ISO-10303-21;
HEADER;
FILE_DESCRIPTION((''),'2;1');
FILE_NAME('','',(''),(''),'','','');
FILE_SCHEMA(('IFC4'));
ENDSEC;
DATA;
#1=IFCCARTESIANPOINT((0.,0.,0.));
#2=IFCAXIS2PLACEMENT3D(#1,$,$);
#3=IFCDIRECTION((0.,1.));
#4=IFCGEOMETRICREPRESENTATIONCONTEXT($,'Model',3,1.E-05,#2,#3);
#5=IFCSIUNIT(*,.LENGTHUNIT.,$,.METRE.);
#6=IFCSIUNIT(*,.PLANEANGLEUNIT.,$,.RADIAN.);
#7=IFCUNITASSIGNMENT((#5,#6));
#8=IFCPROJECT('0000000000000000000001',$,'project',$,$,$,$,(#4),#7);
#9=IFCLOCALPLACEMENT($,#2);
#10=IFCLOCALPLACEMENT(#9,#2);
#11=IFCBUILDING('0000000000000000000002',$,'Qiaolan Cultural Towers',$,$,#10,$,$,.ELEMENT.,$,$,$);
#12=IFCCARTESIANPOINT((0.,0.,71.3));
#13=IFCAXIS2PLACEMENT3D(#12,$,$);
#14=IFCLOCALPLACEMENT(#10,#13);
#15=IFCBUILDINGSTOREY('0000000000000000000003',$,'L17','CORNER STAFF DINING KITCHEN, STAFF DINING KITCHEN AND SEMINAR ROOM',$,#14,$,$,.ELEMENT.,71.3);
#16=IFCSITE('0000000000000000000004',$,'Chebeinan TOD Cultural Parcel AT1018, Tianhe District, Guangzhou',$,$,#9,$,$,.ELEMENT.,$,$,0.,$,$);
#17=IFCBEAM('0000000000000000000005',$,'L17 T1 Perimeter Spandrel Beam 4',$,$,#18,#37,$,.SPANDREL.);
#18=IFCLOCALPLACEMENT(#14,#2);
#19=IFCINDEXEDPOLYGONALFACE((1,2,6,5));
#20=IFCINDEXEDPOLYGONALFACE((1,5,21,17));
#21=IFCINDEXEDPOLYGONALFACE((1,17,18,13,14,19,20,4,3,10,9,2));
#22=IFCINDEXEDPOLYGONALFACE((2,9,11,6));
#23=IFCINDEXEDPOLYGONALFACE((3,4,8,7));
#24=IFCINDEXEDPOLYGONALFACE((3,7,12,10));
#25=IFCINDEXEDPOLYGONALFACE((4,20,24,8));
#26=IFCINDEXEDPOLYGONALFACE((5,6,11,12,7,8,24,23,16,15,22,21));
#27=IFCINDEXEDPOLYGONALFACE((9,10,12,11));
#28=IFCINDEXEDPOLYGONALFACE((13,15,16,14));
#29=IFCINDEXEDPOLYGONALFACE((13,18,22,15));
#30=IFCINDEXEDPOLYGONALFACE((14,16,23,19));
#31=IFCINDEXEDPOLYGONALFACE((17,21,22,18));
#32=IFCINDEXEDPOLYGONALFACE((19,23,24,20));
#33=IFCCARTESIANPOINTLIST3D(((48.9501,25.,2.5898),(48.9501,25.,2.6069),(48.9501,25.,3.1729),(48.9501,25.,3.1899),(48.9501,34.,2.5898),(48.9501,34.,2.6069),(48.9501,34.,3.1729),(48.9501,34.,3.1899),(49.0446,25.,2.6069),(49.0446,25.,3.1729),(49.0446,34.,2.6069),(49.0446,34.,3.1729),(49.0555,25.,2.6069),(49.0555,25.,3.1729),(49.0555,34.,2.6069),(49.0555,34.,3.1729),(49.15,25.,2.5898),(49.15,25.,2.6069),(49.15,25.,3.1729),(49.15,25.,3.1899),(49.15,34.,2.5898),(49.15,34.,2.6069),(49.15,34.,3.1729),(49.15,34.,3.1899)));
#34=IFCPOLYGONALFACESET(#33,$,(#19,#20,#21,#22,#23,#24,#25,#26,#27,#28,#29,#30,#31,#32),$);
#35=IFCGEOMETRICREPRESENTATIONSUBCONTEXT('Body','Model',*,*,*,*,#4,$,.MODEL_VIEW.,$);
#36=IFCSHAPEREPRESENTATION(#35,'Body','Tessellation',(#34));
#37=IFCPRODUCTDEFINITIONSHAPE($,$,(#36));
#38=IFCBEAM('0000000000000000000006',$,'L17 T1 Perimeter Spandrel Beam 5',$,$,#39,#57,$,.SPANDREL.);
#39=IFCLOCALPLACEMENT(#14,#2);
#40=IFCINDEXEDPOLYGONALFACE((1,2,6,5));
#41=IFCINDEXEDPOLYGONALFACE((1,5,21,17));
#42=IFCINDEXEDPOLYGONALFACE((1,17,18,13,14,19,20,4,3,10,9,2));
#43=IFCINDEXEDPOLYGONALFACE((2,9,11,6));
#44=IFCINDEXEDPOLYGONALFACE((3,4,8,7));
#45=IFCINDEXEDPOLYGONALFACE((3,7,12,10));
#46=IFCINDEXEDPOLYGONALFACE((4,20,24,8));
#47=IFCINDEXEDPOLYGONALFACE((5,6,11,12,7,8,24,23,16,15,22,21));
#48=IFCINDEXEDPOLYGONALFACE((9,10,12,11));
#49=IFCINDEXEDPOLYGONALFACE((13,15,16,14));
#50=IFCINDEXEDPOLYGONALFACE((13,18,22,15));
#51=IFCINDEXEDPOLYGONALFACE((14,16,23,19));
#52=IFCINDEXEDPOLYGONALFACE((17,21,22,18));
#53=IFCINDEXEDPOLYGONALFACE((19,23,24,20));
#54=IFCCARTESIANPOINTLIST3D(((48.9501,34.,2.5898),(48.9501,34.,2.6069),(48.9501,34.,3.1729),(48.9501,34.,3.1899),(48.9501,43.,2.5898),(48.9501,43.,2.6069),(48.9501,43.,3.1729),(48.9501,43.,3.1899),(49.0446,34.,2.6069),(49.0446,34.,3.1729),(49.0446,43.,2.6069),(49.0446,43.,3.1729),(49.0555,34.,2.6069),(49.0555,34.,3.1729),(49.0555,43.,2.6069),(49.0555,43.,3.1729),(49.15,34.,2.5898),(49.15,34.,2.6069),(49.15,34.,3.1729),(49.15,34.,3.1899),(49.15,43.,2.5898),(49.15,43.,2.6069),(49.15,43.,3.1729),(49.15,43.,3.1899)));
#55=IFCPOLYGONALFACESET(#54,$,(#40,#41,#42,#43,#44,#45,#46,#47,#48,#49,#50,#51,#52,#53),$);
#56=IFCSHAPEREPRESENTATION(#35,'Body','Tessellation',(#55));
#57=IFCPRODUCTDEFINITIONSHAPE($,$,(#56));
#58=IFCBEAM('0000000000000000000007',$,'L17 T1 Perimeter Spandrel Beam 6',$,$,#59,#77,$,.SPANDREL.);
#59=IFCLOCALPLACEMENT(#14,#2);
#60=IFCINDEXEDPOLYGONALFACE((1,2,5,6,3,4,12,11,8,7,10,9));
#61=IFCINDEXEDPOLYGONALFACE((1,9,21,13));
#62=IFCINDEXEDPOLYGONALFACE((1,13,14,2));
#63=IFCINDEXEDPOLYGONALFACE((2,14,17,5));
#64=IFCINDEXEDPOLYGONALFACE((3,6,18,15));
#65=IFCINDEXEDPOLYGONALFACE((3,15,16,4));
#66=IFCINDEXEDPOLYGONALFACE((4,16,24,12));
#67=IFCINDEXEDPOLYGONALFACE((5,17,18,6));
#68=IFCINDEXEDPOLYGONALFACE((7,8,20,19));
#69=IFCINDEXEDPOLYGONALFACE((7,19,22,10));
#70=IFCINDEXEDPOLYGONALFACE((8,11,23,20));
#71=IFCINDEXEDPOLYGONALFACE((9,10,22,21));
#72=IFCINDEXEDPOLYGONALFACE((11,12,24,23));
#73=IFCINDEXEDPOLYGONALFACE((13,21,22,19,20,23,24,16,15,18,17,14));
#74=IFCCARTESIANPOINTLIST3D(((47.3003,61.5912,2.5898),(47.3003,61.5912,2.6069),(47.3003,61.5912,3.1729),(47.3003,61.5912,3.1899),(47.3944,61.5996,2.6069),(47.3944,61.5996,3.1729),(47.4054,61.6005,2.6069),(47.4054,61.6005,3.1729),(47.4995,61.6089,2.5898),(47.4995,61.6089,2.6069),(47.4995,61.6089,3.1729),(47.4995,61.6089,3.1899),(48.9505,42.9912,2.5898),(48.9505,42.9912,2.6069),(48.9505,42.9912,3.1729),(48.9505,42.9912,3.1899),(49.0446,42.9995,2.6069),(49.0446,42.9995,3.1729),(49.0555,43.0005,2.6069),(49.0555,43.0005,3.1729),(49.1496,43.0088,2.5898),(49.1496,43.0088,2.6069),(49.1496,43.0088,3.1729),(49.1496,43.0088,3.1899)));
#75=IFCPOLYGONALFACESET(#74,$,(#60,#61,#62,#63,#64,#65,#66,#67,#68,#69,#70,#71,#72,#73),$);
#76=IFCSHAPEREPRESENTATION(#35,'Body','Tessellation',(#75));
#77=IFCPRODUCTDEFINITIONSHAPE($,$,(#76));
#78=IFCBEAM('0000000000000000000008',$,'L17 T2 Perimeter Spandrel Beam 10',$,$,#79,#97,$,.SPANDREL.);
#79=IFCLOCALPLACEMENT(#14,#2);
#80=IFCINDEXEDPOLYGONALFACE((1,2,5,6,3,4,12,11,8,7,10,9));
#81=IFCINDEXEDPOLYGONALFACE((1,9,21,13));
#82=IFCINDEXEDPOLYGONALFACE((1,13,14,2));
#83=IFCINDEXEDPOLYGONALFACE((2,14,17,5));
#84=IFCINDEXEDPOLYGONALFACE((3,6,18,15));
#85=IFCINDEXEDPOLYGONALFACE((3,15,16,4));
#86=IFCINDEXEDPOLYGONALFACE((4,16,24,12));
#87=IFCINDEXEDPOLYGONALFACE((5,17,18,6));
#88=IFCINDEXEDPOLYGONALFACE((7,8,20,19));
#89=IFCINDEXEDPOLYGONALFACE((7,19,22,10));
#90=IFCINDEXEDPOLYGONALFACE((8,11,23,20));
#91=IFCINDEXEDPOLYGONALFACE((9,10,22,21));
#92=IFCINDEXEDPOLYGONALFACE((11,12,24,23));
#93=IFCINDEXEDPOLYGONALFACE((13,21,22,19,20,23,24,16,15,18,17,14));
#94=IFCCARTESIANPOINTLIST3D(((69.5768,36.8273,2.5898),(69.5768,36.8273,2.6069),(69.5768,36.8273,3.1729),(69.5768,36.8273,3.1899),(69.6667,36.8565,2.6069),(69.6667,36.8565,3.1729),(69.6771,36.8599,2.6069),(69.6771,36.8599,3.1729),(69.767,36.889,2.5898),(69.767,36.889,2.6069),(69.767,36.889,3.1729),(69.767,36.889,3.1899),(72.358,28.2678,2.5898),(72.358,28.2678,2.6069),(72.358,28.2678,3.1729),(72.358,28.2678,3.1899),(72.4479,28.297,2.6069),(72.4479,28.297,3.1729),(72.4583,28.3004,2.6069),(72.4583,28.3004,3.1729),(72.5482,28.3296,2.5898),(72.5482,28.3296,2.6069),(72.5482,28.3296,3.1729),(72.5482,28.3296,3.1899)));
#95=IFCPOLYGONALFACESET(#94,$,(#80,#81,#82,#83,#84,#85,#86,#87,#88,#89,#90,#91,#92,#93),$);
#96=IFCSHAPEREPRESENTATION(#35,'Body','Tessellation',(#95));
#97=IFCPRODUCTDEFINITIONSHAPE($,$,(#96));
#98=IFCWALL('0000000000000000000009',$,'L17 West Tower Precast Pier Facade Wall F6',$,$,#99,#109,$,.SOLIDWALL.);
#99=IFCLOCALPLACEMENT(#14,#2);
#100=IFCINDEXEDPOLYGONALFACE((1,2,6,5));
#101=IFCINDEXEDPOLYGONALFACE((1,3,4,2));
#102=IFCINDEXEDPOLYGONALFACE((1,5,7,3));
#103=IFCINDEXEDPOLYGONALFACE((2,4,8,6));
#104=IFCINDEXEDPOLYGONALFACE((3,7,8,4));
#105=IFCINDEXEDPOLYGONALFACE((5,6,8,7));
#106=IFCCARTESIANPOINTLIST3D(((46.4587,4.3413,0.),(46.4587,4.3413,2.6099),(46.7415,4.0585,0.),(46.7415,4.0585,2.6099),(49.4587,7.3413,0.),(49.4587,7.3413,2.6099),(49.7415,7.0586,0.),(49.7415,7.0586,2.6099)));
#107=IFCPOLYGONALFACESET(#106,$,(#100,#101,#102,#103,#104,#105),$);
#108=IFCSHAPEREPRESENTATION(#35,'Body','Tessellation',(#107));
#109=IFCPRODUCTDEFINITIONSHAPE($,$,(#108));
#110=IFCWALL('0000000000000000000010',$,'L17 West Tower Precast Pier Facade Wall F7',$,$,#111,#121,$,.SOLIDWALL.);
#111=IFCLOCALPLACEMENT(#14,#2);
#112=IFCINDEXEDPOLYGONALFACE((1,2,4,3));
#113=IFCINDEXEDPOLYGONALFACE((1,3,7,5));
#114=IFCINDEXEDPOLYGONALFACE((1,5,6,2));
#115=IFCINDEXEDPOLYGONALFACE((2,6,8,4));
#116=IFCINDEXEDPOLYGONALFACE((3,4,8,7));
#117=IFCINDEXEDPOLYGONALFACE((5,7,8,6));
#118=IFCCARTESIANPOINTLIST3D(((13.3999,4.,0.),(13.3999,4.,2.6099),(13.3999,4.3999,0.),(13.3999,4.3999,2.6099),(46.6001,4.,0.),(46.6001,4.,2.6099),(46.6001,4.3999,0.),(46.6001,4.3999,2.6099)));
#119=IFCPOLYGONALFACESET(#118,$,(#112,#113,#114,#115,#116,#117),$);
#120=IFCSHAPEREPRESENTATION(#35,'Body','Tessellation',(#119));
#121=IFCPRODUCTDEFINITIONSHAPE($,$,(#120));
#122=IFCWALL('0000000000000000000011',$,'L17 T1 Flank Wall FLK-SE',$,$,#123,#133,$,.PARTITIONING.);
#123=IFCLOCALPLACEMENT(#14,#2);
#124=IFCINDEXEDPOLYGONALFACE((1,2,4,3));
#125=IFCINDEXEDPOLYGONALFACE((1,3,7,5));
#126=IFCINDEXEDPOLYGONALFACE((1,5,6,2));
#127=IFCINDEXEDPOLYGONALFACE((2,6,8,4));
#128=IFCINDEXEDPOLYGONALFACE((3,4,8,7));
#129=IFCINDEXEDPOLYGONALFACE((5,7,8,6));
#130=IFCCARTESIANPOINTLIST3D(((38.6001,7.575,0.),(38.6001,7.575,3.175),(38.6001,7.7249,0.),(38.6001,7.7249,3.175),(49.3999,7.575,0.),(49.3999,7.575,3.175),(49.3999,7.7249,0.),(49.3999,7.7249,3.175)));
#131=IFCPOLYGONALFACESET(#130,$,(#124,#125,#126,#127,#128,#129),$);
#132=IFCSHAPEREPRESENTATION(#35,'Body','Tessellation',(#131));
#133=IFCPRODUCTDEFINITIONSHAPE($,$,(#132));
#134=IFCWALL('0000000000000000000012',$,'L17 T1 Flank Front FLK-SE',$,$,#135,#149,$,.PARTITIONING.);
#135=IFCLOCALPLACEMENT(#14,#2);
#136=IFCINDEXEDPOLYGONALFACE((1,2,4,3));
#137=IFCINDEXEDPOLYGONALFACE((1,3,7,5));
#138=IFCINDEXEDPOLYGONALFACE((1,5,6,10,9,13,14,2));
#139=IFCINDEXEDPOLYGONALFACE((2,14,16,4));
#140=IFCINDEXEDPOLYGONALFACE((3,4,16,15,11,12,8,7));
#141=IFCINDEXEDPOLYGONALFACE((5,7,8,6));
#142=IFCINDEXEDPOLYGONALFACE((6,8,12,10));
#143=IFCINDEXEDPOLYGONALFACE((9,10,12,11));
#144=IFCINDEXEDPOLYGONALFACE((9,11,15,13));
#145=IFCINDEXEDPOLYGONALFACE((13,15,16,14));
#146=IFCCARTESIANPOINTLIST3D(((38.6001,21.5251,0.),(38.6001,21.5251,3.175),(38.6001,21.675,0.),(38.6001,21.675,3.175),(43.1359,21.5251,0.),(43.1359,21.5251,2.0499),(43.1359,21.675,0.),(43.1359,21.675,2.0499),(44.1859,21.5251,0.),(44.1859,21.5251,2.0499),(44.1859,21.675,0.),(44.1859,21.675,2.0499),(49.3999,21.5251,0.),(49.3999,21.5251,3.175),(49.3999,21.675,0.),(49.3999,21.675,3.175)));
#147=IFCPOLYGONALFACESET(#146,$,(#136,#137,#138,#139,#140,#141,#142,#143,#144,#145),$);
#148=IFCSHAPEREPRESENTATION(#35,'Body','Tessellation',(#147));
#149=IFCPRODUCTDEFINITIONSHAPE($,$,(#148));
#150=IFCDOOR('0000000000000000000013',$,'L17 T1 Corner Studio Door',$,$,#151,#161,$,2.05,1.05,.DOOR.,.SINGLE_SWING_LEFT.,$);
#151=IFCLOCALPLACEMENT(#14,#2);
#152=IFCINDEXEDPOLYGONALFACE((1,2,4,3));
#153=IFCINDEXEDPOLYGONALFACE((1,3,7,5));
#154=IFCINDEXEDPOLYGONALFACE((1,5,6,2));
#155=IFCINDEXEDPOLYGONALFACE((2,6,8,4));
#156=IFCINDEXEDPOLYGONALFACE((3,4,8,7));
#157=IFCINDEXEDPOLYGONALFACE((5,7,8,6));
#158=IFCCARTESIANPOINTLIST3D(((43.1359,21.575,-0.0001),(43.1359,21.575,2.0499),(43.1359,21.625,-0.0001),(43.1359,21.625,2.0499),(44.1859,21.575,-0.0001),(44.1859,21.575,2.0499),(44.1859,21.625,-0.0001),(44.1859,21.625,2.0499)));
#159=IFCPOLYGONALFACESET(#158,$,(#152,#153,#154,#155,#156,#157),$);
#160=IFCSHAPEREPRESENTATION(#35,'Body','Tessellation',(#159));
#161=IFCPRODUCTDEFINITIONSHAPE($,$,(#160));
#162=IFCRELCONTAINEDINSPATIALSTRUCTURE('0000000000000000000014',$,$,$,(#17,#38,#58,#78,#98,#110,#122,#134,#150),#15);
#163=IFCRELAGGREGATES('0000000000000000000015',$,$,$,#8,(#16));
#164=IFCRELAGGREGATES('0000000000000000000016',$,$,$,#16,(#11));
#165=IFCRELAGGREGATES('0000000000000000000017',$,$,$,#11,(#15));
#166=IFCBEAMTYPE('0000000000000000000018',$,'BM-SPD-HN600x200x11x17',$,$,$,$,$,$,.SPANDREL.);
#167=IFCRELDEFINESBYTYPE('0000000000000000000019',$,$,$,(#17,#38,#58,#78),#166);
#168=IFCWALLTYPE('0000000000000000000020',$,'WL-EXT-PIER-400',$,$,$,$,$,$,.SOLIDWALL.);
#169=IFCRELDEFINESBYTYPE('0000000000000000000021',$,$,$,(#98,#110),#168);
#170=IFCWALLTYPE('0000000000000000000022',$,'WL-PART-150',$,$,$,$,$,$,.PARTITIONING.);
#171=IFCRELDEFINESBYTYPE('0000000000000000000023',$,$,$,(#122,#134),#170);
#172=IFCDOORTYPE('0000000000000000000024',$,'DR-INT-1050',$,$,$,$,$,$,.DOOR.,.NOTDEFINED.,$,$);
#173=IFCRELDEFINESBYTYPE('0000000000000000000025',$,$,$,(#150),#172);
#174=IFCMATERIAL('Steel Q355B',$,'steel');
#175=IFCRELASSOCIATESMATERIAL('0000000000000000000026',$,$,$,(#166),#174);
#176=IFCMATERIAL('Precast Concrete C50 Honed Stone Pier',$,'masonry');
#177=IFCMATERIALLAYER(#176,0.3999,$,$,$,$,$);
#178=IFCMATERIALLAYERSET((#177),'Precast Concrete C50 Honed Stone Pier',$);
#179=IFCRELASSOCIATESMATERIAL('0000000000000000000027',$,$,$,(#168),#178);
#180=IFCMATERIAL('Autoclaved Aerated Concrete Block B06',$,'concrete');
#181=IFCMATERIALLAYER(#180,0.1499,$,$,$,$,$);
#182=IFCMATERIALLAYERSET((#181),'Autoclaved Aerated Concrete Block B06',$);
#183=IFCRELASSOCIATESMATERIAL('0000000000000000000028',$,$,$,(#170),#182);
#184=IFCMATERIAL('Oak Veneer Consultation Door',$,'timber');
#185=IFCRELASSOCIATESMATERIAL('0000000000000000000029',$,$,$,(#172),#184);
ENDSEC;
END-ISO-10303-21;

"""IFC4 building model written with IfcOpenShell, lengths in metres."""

from ifc_helpers import new_model, si_unit, direction, frame, frame_2d, origin, origin_2d, place, context, subcontext, project, spatial, rectangle, i_section, extrude, material, layer, layer_set, material_profile, profile_set, type_object, element, fill, save


model = new_model("IFC4")

# Units and contexts
model_context = context("Model", 3, precision=1e-05, world=origin(), true_north=direction((0.0, 1.0)))
body_context = subcontext(model_context, "Body", "Model", "MODEL_VIEW")
ifc_project = project(units=[si_unit("LENGTHUNIT", "METRE"), si_unit("PLANEANGLEUNIT", "RADIAN")], contexts=[model_context])

# Site, building, storey
site_placement = place(None, origin())
site = spatial("IfcSite", under=ifc_project, at=site_placement, Name="Chebeinan TOD Cultural Parcel AT1018, Tianhe District, Guangzhou", CompositionType="ELEMENT", RefElevation=0.0)
building_placement = place(site_placement, origin())
building = spatial("IfcBuilding", under=site, at=building_placement, Name="Qiaolan Cultural Towers", CompositionType="ELEMENT")
storey_placement = place(building_placement, frame((0.0, 0.0, 71.3)))
storey = spatial("IfcBuildingStorey", under=building, at=storey_placement, Name="L17", Description="CORNER STAFF DINING KITCHEN, STAFF DINING KITCHEN AND SEMINAR ROOM", CompositionType="ELEMENT", Elevation=71.3)

# Beams
ifc_material_1 = material(Name="Steel Q355B", Category="steel")
ifc_material_profile_1 = material_profile(ifc_material_1, i_section(OverallWidth=0.2, OverallDepth=0.6001, WebThickness=0.011, FlangeThickness=0.0171, at=origin_2d()), Name="HN600x200x11x17")
ifc_profile_set_1 = profile_set([ifc_material_profile_1], Name="Steel Q355B")
beam_type_1 = type_object("IfcBeamType", Name="BM-SPD-HN600x200x11x17", PredefinedType="SPANDREL", material=ifc_profile_set_1)
for number, where, z_axis, x_axis, name in (
    (1, (49.05, 25.0, 2.8899), (0.0, 1.0, 0.0), (-1.0, 0.0, 0.0), "L17 T1 Perimeter Spandrel Beam 4"),
    (2, (49.05, 34.0, 2.8899), (0.0, 1.0, 0.0), (-1.0, 0.0, 0.0), "L17 T1 Perimeter Spandrel Beam 5"),
):
    element("IfcBeam", number, at=place(storey_placement, frame(where, z_axis=z_axis, x_axis=x_axis)), inside=storey, type_object=beam_type_1, Name=name, PredefinedType="SPANDREL", context=body_context, shape_type="SweptSolid", body=[
        extrude(i_section(OverallWidth=0.2, OverallDepth=0.6001, WebThickness=0.011, FlangeThickness=0.0171, at=origin_2d()), origin(), (0.0, 0.0, 1.0), 9.0),
    ])
beam_1_placement = place(storey_placement, frame((49.05, 43.0, 2.8899), z_axis=(-0.08837, 0.996088, 0.0), x_axis=(-0.996088, -0.08837, 0.0)))
element("IfcBeam", 3, at=beam_1_placement, inside=storey, type_object=beam_type_1, Name="L17 T1 Perimeter Spandrel Beam 6", PredefinedType="SPANDREL", context=body_context, shape_type="SweptSolid", body=[
    extrude(i_section(OverallWidth=0.2, OverallDepth=0.6001, WebThickness=0.011, FlangeThickness=0.0171, at=origin_2d()), origin(), (0.0, 0.0, 1.0), 18.6731),
])
beam_2_placement = place(storey_placement, frame((69.6719, 36.8582, 2.8899), z_axis=(0.309025, -0.951054, 0.0), x_axis=(0.951054, 0.309025, 0.0)))
element("IfcBeam", 4, at=beam_2_placement, inside=storey, type_object=beam_type_1, Name="L17 T2 Perimeter Spandrel Beam 10", PredefinedType="SPANDREL", context=body_context, shape_type="SweptSolid", body=[
    extrude(i_section(OverallWidth=0.2, OverallDepth=0.6001, WebThickness=0.011, FlangeThickness=0.0171, at=origin_2d()), origin(), (0.0, 0.0, 1.0), 9.0),
])

# Walls
ifc_material_2 = material(Name="Precast Concrete C50 Honed Stone Pier", Category="masonry")
ifc_layer_1 = layer(ifc_material_2, 0.3999)
ifc_layer_set_1 = layer_set([ifc_layer_1], Name="Precast Concrete C50 Honed Stone Pier")
wall_type_1 = type_object("IfcWallType", Name="WL-EXT-PIER-400", PredefinedType="SOLIDWALL", material=ifc_layer_set_1)
wall_1_placement = place(storey_placement, frame((49.6001, 7.2, 0.0), z_axis=(0.0, 0.0, 1.0), x_axis=(-0.707107, -0.707107, 0.0)))
element("IfcWall", 5, at=wall_1_placement, inside=storey, type_object=wall_type_1, Name="L17 West Tower Precast Pier Facade Wall F6", PredefinedType="SOLIDWALL", context=body_context, shape_type="SweptSolid", body=[
    extrude(rectangle(XDim=4.2427, YDim=0.3999, at=frame_2d((2.1213, 0.0))), origin(), (0.0, 0.0, 1.0), 2.6099),
])
wall_2_placement = place(storey_placement, frame((46.6001, 4.2, 0.0), z_axis=(0.0, 0.0, 1.0), x_axis=(-1.0, 0.0, 0.0)))
element("IfcWall", 6, at=wall_2_placement, inside=storey, type_object=wall_type_1, Name="L17 West Tower Precast Pier Facade Wall F7", PredefinedType="SOLIDWALL", context=body_context, shape_type="SweptSolid", body=[
    extrude(rectangle(XDim=33.2002, YDim=0.3999, at=frame_2d((16.6001, 0.0))), origin(), (0.0, 0.0, 1.0), 2.6099),
])
ifc_material_3 = material(Name="Autoclaved Aerated Concrete Block B06", Category="concrete")
ifc_layer_2 = layer(ifc_material_3, 0.1499)
ifc_layer_set_2 = layer_set([ifc_layer_2], Name="Autoclaved Aerated Concrete Block B06")
wall_type_2 = type_object("IfcWallType", Name="WL-PART-150", PredefinedType="PARTITIONING", material=ifc_layer_set_2)
wall_3_placement = place(storey_placement, frame((38.6001, 7.6499, 0.0), z_axis=(0.0, 0.0, 1.0), x_axis=(1.0, 0.0, 0.0)))
element("IfcWall", 7, at=wall_3_placement, inside=storey, type_object=wall_type_2, Name="L17 T1 Flank Wall FLK-SE", PredefinedType="PARTITIONING", context=body_context, shape_type="SweptSolid", body=[
    extrude(rectangle(XDim=10.7998, YDim=0.1499, at=frame_2d((5.3999, 0.0))), origin(), (0.0, 0.0, 1.0), 3.175),
])

# Wall, opening, door
wall_4_placement = place(storey_placement, frame((38.6001, 21.6001, 0.0), z_axis=(0.0, 0.0, 1.0), x_axis=(1.0, 0.0, 0.0)))
wall_4 = element("IfcWall", 8, at=wall_4_placement, inside=storey, type_object=wall_type_2, Name="L17 T1 Flank Front FLK-SE", PredefinedType="PARTITIONING", context=body_context, shape_type="SweptSolid", body=[
    extrude(rectangle(XDim=10.7998, YDim=0.1499, at=frame_2d((5.3999, 0.0))), origin(), (0.0, 0.0, 1.0), 3.175),
])
opening_1_placement = place(wall_4_placement, frame((4.5359, 0.0, 0.0)))
opening_1 = element("IfcOpeningElement", 9, at=opening_1_placement, cuts=wall_4, PredefinedType="OPENING", context=body_context, shape_type="SweptSolid", body=[
    extrude(rectangle(XDim=1.05, YDim=2.05, at=frame_2d((0.5249, 1.0249))), frame((0.0, 0.085, 0.0), z_axis=(0.0, -1.0, 0.0), x_axis=(1.0, 0.0, 0.0)), (0.0, 0.0, 1.0), 0.1699),
])
ifc_material_4 = material(Name="Oak Veneer Consultation Door", Category="timber")
door_type_1 = type_object("IfcDoorType", Name="DR-INT-1050", OperationType="NOTDEFINED", PredefinedType="DOOR", material=ifc_material_4)
door_1_placement = place(opening_1_placement, origin())
door_1 = element("IfcDoor", 10, at=door_1_placement, inside=storey, type_object=door_type_1, Name="L17 T1 Corner Studio Door", OperationType="SINGLE_SWING_LEFT", OverallHeight=2.05, OverallWidth=1.05, PredefinedType="DOOR", context=body_context, shape_type="SweptSolid", body=[
    extrude(rectangle(XDim=1.05, YDim=2.05, at=frame_2d((0.5249, 1.0249))), frame((0.0, 0.0249, 0.0), z_axis=(0.0, -1.0, 0.0), x_axis=(1.0, 0.0, 0.0)), (0.0, 0.0, 1.0), 0.05),
])
fill(opening_1, door_1)

save(model, "model.ifc")
